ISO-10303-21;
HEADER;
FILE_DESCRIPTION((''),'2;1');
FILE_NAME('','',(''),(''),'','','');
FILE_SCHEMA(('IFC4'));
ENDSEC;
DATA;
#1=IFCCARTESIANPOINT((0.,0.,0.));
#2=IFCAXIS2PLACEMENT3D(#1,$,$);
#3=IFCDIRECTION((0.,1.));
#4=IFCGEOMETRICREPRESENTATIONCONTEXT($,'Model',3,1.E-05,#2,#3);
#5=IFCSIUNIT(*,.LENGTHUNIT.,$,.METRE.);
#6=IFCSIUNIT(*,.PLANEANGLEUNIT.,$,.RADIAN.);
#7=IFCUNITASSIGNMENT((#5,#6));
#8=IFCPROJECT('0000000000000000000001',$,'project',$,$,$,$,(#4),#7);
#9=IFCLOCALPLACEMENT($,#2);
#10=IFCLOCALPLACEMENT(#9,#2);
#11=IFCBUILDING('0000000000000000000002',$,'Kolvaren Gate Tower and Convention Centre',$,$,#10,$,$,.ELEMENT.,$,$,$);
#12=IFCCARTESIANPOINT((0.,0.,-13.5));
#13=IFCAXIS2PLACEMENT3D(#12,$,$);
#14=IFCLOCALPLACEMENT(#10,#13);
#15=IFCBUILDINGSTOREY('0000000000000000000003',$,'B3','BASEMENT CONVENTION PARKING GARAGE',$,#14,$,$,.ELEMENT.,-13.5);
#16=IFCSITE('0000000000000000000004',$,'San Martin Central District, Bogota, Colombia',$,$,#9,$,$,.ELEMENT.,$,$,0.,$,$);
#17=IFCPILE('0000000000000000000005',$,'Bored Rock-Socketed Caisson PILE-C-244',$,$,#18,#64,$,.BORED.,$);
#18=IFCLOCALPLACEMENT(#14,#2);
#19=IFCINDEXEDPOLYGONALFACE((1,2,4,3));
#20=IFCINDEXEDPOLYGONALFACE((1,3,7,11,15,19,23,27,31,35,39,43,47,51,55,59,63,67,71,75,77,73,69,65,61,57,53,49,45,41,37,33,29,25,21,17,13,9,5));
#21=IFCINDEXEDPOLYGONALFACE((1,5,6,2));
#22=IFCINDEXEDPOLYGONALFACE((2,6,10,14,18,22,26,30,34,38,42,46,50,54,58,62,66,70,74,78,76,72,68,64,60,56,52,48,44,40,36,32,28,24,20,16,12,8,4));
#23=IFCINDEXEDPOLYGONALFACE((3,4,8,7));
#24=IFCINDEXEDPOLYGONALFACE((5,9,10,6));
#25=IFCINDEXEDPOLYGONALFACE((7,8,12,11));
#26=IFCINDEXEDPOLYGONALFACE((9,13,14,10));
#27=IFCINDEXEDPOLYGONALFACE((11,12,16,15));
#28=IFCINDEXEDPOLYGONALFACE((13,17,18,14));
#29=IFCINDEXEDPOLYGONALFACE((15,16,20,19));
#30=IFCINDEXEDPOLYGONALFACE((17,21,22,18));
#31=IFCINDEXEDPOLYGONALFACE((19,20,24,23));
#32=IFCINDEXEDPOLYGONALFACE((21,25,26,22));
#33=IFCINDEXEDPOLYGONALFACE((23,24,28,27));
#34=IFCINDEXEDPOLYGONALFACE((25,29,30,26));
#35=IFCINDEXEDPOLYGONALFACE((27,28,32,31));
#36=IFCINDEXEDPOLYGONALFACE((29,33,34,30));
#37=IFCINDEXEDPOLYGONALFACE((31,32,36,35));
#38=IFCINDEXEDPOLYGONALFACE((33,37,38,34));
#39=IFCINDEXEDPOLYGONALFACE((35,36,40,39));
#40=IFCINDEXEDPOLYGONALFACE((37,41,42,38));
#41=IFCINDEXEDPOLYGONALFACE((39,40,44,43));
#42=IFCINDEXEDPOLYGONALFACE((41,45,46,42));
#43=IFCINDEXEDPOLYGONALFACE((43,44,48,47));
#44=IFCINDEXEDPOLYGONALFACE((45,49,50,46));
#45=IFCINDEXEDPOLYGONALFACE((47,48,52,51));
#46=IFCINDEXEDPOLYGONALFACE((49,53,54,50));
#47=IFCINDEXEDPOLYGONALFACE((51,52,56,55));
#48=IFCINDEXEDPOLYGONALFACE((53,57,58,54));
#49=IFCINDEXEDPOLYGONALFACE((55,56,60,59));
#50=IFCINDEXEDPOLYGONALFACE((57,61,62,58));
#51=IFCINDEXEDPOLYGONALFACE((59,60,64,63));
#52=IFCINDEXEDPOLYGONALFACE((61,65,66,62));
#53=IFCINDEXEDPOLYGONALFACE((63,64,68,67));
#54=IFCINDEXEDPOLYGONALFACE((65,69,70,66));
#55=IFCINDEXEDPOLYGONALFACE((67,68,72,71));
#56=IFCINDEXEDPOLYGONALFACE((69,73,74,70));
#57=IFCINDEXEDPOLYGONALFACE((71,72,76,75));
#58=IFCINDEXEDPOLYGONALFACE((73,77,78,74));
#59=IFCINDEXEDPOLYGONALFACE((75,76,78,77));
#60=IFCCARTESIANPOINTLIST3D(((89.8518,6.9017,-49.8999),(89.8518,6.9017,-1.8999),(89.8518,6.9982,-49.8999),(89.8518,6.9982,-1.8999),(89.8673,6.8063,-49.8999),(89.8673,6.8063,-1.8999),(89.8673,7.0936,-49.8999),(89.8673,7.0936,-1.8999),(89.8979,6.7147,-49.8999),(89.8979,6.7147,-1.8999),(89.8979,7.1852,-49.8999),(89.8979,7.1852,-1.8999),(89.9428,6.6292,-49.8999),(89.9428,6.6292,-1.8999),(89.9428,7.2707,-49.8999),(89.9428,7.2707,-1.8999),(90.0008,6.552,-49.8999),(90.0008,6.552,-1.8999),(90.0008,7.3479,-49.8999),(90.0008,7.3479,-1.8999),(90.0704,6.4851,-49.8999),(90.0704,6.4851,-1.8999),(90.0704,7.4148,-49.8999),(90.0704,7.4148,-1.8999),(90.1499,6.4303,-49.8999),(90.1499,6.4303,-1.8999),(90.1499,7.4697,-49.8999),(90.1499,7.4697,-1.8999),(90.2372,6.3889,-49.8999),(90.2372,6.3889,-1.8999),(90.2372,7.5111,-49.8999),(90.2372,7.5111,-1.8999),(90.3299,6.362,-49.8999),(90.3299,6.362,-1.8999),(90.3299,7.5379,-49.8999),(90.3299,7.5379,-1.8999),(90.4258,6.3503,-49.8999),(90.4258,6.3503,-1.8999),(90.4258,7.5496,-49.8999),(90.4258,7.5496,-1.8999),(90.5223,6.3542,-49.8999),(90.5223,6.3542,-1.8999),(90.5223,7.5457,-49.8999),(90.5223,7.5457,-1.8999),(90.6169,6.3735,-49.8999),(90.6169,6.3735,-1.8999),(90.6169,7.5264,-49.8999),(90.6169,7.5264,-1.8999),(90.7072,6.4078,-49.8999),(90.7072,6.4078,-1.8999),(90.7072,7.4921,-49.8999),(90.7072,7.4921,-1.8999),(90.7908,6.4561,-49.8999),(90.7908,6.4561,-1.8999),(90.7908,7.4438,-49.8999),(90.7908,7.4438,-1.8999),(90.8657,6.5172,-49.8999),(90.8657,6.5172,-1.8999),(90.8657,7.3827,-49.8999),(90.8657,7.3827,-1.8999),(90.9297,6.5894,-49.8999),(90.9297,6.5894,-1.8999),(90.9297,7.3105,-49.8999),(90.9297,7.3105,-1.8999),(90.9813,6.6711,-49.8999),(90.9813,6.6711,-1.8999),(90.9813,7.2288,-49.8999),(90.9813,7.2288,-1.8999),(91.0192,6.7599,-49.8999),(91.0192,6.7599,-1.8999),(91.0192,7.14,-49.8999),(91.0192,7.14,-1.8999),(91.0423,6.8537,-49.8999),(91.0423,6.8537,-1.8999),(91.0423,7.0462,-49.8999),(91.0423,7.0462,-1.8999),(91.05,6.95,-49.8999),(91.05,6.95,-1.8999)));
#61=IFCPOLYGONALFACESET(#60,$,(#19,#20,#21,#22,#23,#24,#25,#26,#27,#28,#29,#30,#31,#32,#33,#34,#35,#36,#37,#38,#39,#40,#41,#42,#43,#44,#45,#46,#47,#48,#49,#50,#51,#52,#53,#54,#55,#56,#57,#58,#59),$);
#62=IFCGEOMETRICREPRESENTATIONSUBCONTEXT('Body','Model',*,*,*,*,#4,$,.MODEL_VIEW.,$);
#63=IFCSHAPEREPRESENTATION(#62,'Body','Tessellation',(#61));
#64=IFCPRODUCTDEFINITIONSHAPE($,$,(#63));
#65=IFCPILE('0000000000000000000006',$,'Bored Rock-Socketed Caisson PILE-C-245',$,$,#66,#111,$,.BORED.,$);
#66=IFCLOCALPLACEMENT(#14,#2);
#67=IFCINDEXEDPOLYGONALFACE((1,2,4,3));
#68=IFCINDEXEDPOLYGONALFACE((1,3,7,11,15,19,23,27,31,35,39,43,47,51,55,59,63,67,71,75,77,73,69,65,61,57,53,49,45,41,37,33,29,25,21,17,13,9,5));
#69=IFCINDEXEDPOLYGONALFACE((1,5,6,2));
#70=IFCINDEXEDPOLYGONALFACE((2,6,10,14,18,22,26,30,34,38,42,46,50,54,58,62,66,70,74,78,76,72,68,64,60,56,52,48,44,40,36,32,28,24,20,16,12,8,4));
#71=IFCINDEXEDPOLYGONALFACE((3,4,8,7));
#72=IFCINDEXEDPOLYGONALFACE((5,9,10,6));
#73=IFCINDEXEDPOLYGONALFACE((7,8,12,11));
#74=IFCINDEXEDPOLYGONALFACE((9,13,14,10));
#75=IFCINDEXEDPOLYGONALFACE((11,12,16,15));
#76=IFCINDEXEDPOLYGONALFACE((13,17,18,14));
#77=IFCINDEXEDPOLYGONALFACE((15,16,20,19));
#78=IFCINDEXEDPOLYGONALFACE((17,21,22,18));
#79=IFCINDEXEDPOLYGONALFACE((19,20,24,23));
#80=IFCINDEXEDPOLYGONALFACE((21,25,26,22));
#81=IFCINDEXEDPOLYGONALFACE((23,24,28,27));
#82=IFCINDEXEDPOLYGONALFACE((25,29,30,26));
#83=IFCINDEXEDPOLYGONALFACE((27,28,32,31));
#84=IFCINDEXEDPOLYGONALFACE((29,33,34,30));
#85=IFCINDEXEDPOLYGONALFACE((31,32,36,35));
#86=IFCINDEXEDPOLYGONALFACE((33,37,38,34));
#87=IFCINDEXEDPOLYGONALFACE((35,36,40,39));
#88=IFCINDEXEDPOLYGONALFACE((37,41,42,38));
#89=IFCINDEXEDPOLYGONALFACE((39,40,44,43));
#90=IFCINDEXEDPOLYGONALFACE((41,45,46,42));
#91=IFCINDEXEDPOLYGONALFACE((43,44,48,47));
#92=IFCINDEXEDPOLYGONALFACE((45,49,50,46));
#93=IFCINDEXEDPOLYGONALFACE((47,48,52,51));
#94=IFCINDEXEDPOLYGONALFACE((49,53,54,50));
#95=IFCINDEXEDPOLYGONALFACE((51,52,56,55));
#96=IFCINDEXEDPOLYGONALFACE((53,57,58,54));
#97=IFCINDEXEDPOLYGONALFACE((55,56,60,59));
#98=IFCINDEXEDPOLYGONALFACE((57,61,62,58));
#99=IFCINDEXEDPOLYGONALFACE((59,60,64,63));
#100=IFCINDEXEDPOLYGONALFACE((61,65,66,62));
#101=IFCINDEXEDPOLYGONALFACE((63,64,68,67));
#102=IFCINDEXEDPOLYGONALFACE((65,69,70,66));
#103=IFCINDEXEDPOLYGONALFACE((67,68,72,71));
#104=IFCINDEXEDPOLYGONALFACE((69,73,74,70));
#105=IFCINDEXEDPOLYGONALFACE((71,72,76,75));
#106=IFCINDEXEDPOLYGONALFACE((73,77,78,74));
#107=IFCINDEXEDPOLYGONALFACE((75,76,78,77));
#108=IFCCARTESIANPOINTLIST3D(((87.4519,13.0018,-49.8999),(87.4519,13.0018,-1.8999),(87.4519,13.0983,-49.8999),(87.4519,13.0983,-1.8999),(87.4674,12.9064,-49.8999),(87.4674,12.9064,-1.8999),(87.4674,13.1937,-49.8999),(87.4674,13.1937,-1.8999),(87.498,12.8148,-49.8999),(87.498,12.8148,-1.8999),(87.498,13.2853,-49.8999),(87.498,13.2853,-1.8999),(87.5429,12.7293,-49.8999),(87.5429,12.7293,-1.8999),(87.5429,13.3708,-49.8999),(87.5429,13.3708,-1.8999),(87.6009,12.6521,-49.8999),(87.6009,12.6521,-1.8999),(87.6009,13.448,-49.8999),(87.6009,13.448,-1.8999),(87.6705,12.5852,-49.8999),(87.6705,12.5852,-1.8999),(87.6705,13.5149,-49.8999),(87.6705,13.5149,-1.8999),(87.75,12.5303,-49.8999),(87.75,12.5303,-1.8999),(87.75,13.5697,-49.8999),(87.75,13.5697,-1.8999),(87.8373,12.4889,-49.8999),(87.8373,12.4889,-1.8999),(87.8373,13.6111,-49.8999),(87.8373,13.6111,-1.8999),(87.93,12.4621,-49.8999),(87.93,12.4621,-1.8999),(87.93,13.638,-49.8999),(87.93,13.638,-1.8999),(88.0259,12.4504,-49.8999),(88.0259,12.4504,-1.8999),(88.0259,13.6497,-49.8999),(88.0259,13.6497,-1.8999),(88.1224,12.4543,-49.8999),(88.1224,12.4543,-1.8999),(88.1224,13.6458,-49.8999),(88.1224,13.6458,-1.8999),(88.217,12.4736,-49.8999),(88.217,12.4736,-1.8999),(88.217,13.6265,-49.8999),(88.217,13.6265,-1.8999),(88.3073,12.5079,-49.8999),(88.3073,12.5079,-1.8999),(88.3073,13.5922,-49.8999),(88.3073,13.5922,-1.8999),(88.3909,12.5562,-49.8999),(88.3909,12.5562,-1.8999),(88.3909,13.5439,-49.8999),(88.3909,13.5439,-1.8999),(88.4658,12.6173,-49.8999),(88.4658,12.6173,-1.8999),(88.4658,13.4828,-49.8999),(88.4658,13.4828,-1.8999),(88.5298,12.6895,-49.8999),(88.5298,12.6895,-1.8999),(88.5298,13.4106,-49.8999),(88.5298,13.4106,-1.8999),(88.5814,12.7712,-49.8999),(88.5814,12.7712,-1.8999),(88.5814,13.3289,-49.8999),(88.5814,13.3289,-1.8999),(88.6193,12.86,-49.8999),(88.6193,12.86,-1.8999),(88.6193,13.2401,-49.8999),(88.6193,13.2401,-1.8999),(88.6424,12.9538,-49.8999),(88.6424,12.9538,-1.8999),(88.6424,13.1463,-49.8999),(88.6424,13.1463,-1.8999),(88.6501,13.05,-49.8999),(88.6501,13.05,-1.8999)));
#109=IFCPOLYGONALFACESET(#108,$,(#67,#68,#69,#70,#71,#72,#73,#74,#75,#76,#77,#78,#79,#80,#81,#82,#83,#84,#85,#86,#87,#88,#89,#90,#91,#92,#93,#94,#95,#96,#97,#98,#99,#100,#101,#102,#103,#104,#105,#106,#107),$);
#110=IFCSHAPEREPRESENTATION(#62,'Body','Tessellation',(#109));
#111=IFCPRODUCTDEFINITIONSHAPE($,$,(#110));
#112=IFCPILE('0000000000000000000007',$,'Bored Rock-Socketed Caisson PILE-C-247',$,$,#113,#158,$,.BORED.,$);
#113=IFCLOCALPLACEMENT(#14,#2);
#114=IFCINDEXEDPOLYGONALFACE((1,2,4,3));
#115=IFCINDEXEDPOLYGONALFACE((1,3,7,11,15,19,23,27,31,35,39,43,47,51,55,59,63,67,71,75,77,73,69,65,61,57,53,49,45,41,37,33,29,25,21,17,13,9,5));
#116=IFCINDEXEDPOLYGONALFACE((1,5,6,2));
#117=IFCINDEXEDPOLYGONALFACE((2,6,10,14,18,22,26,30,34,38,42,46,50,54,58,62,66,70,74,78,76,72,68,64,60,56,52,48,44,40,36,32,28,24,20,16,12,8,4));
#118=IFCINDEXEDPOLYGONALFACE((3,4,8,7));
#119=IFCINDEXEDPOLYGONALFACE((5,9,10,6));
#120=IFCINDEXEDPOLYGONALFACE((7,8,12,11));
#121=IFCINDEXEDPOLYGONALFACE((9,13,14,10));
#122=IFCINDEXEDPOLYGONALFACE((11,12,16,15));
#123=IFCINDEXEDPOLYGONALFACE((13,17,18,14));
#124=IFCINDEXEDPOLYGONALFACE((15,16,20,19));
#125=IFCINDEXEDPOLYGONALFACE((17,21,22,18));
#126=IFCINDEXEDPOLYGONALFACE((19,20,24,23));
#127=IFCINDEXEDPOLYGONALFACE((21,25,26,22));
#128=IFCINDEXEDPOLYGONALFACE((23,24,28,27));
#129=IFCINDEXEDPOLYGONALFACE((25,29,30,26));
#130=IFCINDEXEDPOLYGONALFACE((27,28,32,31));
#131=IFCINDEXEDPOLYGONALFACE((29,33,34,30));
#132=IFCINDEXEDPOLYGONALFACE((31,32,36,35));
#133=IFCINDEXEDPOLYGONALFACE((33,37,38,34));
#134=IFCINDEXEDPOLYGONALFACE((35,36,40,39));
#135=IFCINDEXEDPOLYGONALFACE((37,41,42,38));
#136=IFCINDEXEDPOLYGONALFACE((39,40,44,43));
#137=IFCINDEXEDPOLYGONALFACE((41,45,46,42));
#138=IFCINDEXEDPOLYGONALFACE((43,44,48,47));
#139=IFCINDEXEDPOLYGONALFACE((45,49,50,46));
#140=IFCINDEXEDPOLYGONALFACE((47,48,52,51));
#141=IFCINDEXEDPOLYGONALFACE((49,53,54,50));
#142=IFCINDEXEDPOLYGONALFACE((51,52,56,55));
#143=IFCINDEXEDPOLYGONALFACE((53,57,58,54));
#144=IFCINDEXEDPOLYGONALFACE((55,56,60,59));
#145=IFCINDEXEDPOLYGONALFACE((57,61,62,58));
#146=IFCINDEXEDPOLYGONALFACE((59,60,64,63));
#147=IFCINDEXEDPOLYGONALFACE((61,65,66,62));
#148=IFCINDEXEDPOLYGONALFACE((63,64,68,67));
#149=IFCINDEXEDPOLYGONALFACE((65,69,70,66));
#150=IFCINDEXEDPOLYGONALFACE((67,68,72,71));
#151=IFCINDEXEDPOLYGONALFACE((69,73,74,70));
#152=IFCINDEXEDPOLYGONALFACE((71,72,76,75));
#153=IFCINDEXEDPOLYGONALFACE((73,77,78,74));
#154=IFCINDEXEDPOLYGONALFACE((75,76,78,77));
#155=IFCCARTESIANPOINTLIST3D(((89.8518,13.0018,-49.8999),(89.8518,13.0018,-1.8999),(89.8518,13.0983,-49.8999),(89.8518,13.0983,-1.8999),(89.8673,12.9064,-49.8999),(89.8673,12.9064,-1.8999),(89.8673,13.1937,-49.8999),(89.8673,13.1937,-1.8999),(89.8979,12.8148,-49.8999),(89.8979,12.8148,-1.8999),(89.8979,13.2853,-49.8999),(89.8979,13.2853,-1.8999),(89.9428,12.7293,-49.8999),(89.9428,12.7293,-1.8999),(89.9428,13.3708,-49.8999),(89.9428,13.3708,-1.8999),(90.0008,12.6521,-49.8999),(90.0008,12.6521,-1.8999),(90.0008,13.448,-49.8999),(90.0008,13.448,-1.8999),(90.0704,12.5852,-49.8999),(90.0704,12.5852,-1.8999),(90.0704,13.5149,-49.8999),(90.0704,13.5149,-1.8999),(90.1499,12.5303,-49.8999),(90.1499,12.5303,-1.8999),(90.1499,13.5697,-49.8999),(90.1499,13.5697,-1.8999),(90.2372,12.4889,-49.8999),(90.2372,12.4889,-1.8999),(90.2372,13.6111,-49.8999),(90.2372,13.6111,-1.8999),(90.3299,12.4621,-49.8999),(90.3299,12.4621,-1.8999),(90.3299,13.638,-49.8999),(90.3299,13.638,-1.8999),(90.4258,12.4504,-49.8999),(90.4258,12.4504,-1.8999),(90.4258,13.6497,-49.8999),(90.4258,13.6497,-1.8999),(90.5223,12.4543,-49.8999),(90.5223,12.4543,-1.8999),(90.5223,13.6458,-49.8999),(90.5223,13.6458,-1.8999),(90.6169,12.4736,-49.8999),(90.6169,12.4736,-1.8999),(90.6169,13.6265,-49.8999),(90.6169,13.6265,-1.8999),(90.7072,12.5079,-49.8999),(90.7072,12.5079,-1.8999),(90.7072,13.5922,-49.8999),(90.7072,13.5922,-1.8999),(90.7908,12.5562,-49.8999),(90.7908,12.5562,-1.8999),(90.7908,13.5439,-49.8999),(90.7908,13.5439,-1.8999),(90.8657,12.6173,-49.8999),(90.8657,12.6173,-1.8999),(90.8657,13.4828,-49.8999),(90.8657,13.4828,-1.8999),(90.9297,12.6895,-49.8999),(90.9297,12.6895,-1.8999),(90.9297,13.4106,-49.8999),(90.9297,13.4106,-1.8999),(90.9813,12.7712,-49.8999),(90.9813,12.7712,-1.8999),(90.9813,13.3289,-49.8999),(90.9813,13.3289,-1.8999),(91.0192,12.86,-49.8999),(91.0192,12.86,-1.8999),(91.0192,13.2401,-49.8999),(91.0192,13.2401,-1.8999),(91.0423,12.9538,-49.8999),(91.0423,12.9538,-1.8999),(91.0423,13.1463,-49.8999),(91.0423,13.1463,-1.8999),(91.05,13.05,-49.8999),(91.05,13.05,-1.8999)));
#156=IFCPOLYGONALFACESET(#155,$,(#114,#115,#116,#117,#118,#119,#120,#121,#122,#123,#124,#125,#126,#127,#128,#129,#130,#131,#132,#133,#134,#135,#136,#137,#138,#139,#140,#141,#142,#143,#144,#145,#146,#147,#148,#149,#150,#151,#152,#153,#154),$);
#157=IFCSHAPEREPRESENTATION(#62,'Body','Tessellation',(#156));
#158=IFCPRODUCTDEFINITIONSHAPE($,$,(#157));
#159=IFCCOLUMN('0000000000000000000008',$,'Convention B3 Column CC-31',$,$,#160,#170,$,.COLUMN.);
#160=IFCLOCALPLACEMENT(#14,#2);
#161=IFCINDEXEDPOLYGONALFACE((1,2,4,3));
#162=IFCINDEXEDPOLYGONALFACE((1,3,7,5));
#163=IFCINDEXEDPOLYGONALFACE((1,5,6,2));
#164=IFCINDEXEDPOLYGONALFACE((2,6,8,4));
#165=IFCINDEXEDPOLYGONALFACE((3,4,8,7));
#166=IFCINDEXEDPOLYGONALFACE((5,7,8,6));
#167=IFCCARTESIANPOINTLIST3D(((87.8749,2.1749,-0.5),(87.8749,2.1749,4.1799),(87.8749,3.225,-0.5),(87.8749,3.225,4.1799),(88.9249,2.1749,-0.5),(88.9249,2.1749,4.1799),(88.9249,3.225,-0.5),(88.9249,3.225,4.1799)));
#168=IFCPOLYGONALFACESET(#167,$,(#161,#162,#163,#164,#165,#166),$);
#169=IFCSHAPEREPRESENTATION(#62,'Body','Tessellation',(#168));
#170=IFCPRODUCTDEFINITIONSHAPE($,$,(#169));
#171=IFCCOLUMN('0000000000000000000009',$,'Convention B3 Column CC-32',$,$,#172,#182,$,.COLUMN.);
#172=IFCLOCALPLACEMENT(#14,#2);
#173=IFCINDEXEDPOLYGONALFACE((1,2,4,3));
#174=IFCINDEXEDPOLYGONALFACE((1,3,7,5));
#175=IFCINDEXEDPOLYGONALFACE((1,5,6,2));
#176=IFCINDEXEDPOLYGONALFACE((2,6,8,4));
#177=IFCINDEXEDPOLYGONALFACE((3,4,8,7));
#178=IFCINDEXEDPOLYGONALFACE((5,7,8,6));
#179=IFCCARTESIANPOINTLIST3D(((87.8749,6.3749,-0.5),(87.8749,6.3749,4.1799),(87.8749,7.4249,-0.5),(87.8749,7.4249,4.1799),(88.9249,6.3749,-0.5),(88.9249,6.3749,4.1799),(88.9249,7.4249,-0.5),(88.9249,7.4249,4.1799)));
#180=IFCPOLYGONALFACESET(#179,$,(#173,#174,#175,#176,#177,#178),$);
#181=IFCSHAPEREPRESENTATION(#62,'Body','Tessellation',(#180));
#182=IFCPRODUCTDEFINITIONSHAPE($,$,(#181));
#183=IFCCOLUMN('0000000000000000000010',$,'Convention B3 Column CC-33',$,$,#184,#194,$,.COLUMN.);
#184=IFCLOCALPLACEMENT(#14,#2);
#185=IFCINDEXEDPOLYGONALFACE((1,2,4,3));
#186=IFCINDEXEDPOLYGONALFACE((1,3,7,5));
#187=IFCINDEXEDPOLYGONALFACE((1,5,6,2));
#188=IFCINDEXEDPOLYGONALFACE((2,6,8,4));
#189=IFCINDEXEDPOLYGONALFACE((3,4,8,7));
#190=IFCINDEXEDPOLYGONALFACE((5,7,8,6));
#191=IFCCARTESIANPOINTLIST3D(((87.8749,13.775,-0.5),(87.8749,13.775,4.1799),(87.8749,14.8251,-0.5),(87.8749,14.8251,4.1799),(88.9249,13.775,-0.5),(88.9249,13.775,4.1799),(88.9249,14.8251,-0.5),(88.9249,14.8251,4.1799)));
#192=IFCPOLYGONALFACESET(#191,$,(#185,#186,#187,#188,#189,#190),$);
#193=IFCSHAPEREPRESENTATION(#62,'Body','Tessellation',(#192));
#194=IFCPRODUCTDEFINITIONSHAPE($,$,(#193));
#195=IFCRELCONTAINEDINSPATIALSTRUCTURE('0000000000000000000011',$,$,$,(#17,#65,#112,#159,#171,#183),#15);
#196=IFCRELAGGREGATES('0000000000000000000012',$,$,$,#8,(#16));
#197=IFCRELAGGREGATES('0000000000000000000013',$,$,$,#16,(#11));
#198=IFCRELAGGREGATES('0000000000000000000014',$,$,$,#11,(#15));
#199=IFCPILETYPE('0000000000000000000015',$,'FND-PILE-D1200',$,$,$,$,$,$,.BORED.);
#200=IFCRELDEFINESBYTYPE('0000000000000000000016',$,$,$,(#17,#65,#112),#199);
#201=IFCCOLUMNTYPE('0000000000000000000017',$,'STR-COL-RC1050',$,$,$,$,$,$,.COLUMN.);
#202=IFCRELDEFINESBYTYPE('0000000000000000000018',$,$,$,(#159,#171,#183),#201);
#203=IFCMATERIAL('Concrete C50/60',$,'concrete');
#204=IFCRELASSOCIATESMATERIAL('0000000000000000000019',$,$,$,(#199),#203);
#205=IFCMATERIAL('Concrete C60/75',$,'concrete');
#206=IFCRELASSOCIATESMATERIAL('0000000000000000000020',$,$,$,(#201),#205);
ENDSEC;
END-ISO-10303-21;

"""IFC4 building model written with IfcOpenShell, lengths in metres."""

from ifc_helpers import new_model, si_unit, direction, frame, origin, origin_2d, place, context, subcontext, project, spatial, rectangle, circle, extrude, material, material_profile, profile_set, type_object, element, save


model = new_model("IFC4")

# Units and contexts
model_context = context("Model", 3, precision=1e-05, world=origin(), true_north=direction((0.0, 1.0)))
body_context = subcontext(model_context, "Body", "Model", "MODEL_VIEW")
ifc_project = project(units=[si_unit("LENGTHUNIT", "METRE"), si_unit("PLANEANGLEUNIT", "RADIAN")], contexts=[model_context])

# Site, building, storey
site_placement = place(None, origin())
site = spatial("IfcSite", under=ifc_project, at=site_placement, Name="San Martin Central District, Bogota, Colombia", CompositionType="ELEMENT", RefElevation=0.0)
building_placement = place(site_placement, origin())
building = spatial("IfcBuilding", under=site, at=building_placement, Name="Kolvaren Gate Tower and Convention Centre", CompositionType="ELEMENT")
storey_placement = place(building_placement, frame((0.0, 0.0, -13.5)))
storey = spatial("IfcBuildingStorey", under=building, at=storey_placement, Name="B3", Description="BASEMENT CONVENTION PARKING GARAGE", CompositionType="ELEMENT", Elevation=-13.5)

# Shared definitions
ifc_material_1 = material(Name="Concrete C50/60", Category="concrete")
ifc_material_2 = material(Name="Concrete C60/75", Category="concrete")

# Piles
ifc_material_profile_1 = material_profile(ifc_material_1, circle(Radius=0.6001, at=origin_2d()), Name="CAISSON-D1200")
ifc_profile_set_1 = profile_set([ifc_material_profile_1], Name="Concrete C50/60")
pile_type = type_object("IfcPileType", Name="FND-PILE-D1200", PredefinedType="BORED", material=ifc_profile_set_1)
for number, where, z_axis, x_axis, name in (
    (1, (90.45, 6.95, -1.8999), (0.0, 0.0, -1.0), (1.0, 0.0, 0.0), "Bored Rock-Socketed Caisson PILE-C-244"),
    (2, (88.05, 13.05, -1.8999), (0.0, 0.0, -1.0), (1.0, 0.0, 0.0), "Bored Rock-Socketed Caisson PILE-C-245"),
    (3, (90.45, 13.05, -1.8999), (0.0, 0.0, -1.0), (1.0, 0.0, 0.0), "Bored Rock-Socketed Caisson PILE-C-247"),
):
    element("IfcPile", number, at=place(storey_placement, frame(where, z_axis=z_axis, x_axis=x_axis)), inside=storey, type_object=pile_type, Name=name, PredefinedType="BORED", context=body_context, shape_type="SweptSolid", body=[
        extrude(circle(Radius=0.6001, at=origin_2d()), origin(), (0.0, 0.0, 1.0), 48.0),
    ])

# Columns
ifc_material_profile_2 = material_profile(ifc_material_2, rectangle(XDim=1.05, YDim=1.05, at=origin_2d()), Name="RC-COL-1050X1050")
ifc_profile_set_2 = profile_set([ifc_material_profile_2], Name="Concrete C60/75")
column_type = type_object("IfcColumnType", Name="STR-COL-RC1050", PredefinedType="COLUMN", material=ifc_profile_set_2)
for number, where, z_axis, x_axis, name in (
    (4, (88.3999, 2.7, -0.5), (0.0, 0.0, 1.0), (1.0, 0.0, 0.0), "Convention B3 Column CC-31"),
    (5, (88.3999, 6.8999, -0.5), (0.0, 0.0, 1.0), (1.0, 0.0, 0.0), "Convention B3 Column CC-32"),
    (6, (88.3999, 14.3, -0.5), (0.0, 0.0, 1.0), (1.0, 0.0, 0.0), "Convention B3 Column CC-33"),
):
    element("IfcColumn", number, at=place(storey_placement, frame(where, z_axis=z_axis, x_axis=x_axis)), inside=storey, type_object=column_type, Name=name, PredefinedType="COLUMN", context=body_context, shape_type="SweptSolid", body=[
        extrude(rectangle(XDim=1.05, YDim=1.05, at=origin_2d()), origin(), (0.0, 0.0, 1.0), 4.6799),
    ])

save(model, "model.ifc")
